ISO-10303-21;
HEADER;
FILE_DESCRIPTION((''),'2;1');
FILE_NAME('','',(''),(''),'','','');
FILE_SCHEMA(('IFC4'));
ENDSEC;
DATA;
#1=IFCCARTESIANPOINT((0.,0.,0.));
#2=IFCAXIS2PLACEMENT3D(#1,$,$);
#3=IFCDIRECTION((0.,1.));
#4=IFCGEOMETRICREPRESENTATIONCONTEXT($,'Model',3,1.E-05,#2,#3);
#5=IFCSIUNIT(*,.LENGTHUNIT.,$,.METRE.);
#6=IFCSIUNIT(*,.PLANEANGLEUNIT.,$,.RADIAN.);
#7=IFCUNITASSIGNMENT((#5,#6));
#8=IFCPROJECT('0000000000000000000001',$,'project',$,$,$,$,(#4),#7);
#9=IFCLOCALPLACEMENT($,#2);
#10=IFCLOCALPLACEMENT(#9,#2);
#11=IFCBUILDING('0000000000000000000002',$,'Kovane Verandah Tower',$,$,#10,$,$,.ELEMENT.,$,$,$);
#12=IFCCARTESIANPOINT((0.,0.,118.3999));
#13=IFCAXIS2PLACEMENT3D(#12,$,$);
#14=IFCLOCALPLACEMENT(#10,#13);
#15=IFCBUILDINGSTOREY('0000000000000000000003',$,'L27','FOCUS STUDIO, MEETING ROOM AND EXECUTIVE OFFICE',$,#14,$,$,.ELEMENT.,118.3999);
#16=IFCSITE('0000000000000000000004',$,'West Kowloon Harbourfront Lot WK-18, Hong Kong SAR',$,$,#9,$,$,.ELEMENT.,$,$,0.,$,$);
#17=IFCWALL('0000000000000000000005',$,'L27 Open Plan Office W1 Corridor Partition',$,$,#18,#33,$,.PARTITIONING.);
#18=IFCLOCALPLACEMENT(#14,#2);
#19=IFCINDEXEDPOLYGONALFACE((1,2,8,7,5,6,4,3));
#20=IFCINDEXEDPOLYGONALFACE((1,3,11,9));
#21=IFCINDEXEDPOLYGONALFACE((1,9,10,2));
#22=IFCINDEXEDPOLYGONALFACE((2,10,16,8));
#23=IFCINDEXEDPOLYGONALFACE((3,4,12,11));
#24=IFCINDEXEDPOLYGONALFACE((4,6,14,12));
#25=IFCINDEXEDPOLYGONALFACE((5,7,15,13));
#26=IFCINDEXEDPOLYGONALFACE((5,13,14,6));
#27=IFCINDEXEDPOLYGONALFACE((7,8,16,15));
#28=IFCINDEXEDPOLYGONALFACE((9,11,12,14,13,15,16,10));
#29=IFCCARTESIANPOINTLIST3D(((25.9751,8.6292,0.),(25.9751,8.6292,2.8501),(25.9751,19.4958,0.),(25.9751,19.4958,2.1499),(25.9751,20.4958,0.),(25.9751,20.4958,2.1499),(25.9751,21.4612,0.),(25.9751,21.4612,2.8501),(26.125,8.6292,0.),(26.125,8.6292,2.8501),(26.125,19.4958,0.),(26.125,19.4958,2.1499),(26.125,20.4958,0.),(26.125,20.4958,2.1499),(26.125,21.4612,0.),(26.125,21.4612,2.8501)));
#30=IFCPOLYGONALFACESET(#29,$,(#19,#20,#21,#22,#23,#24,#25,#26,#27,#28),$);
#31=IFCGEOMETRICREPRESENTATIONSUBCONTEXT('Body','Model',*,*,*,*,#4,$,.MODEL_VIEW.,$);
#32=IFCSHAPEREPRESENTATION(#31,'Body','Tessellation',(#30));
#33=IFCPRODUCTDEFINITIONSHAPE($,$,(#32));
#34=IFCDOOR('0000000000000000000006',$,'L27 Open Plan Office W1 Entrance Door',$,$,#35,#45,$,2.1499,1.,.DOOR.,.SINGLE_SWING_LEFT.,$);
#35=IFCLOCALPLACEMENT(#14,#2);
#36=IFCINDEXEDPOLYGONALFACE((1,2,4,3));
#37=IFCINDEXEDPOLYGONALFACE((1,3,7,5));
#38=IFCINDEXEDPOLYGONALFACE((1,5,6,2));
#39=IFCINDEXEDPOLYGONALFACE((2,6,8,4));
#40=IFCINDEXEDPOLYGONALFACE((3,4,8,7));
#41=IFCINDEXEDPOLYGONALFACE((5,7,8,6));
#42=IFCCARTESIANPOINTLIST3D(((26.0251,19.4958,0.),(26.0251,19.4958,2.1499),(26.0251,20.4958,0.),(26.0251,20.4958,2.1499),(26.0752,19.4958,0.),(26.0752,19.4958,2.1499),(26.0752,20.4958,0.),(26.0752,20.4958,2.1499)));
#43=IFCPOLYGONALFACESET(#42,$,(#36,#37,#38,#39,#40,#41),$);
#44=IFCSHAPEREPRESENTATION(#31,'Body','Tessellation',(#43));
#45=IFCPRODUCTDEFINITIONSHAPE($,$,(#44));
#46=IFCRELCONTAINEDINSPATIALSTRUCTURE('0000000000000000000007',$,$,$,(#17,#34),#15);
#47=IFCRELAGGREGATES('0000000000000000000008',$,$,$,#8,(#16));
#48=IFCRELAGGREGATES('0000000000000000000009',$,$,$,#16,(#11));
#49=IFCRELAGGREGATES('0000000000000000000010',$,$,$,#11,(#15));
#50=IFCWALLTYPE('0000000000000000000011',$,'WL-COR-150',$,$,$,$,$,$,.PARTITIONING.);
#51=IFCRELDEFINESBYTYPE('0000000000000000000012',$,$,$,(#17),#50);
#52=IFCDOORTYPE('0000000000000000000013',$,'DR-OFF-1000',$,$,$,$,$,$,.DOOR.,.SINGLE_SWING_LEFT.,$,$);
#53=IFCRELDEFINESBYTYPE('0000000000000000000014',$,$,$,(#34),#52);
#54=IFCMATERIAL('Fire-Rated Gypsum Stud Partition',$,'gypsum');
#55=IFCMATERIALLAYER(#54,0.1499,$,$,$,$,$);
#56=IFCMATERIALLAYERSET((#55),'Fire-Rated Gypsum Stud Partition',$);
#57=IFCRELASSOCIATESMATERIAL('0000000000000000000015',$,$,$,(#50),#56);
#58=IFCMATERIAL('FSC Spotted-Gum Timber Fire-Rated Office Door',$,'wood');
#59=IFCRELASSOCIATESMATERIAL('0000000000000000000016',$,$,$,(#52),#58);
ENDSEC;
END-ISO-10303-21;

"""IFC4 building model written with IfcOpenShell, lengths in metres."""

from ifc_helpers import new_model, si_unit, direction, frame, frame_2d, origin, place, context, subcontext, project, spatial, rectangle, extrude, material, layer, layer_set, type_object, element, fill, save


model = new_model("IFC4")

# Units and contexts
model_context = context("Model", 3, precision=1e-05, world=origin(), true_north=direction((0.0, 1.0)))
body_context = subcontext(model_context, "Body", "Model", "MODEL_VIEW")
ifc_project = project(units=[si_unit("LENGTHUNIT", "METRE"), si_unit("PLANEANGLEUNIT", "RADIAN")], contexts=[model_context])

# Site, building, storey
site_placement = place(None, origin())
site = spatial("IfcSite", under=ifc_project, at=site_placement, Name="West Kowloon Harbourfront Lot WK-18, Hong Kong SAR", CompositionType="ELEMENT", RefElevation=0.0)
building_placement = place(site_placement, origin())
building = spatial("IfcBuilding", under=site, at=building_placement, Name="Kovane Verandah Tower", CompositionType="ELEMENT")
storey_placement = place(building_placement, frame((0.0, 0.0, 118.3999)))
storey = spatial("IfcBuildingStorey", under=building, at=storey_placement, Name="L27", Description="FOCUS STUDIO, MEETING ROOM AND EXECUTIVE OFFICE", CompositionType="ELEMENT", Elevation=118.3999)

# Wall, opening, door
ifc_material_1 = material(Name="Fire-Rated Gypsum Stud Partition", Category="gypsum")
ifc_layer_1 = layer(ifc_material_1, 0.1499)
ifc_layer_set_1 = layer_set([ifc_layer_1], Name="Fire-Rated Gypsum Stud Partition")
wall_type = type_object("IfcWallType", Name="WL-COR-150", PredefinedType="PARTITIONING", material=ifc_layer_set_1)
ifc_material_2 = material(Name="FSC Spotted-Gum Timber Fire-Rated Office Door", Category="wood")
door_type = type_object("IfcDoorType", Name="DR-OFF-1000", OperationType="SINGLE_SWING_LEFT", PredefinedType="DOOR", material=ifc_material_2)
wall_1_placement = place(storey_placement, frame((26.05, 8.6292, 0.0), z_axis=(0.0, 0.0, 1.0), x_axis=(0.0, 1.0, 0.0)))
wall_1 = element("IfcWall", 1, at=wall_1_placement, inside=storey, type_object=wall_type, Name="L27 Open Plan Office W1 Corridor Partition", PredefinedType="PARTITIONING", context=body_context, shape_type="SweptSolid", body=[
    extrude(rectangle(XDim=12.832, YDim=0.1499, at=frame_2d((6.416, 0.0))), origin(), (0.0, 0.0, 1.0), 2.8501),
])
opening_1_placement = place(wall_1_placement, frame((10.8667, 0.0, 0.0)))
opening_1 = element("IfcOpeningElement", 2, at=opening_1_placement, cuts=wall_1, PredefinedType="OPENING", context=body_context, shape_type="SweptSolid", body=[
    extrude(rectangle(XDim=1.0, YDim=2.1499, at=frame_2d((0.5, 1.075))), frame((0.0, 0.075, 0.0), z_axis=(0.0, -1.0, 0.0), x_axis=(1.0, 0.0, 0.0)), (0.0, 0.0, 1.0), 0.1499),
])
door_1_placement = place(opening_1_placement, origin())
door_1 = element("IfcDoor", 3, at=door_1_placement, inside=storey, type_object=door_type, Name="L27 Open Plan Office W1 Entrance Door", OperationType="SINGLE_SWING_LEFT", OverallHeight=2.1499, OverallWidth=1.0, PredefinedType="DOOR", context=body_context, shape_type="SweptSolid", body=[
    extrude(rectangle(XDim=1.0, YDim=2.1499, at=frame_2d((0.5, 1.075))), frame((0.0, 0.0249, 0.0), z_axis=(0.0, -1.0, 0.0), x_axis=(1.0, 0.0, 0.0)), (0.0, 0.0, 1.0), 0.05),
])
fill(opening_1, door_1)

save(model, "model.ifc")
